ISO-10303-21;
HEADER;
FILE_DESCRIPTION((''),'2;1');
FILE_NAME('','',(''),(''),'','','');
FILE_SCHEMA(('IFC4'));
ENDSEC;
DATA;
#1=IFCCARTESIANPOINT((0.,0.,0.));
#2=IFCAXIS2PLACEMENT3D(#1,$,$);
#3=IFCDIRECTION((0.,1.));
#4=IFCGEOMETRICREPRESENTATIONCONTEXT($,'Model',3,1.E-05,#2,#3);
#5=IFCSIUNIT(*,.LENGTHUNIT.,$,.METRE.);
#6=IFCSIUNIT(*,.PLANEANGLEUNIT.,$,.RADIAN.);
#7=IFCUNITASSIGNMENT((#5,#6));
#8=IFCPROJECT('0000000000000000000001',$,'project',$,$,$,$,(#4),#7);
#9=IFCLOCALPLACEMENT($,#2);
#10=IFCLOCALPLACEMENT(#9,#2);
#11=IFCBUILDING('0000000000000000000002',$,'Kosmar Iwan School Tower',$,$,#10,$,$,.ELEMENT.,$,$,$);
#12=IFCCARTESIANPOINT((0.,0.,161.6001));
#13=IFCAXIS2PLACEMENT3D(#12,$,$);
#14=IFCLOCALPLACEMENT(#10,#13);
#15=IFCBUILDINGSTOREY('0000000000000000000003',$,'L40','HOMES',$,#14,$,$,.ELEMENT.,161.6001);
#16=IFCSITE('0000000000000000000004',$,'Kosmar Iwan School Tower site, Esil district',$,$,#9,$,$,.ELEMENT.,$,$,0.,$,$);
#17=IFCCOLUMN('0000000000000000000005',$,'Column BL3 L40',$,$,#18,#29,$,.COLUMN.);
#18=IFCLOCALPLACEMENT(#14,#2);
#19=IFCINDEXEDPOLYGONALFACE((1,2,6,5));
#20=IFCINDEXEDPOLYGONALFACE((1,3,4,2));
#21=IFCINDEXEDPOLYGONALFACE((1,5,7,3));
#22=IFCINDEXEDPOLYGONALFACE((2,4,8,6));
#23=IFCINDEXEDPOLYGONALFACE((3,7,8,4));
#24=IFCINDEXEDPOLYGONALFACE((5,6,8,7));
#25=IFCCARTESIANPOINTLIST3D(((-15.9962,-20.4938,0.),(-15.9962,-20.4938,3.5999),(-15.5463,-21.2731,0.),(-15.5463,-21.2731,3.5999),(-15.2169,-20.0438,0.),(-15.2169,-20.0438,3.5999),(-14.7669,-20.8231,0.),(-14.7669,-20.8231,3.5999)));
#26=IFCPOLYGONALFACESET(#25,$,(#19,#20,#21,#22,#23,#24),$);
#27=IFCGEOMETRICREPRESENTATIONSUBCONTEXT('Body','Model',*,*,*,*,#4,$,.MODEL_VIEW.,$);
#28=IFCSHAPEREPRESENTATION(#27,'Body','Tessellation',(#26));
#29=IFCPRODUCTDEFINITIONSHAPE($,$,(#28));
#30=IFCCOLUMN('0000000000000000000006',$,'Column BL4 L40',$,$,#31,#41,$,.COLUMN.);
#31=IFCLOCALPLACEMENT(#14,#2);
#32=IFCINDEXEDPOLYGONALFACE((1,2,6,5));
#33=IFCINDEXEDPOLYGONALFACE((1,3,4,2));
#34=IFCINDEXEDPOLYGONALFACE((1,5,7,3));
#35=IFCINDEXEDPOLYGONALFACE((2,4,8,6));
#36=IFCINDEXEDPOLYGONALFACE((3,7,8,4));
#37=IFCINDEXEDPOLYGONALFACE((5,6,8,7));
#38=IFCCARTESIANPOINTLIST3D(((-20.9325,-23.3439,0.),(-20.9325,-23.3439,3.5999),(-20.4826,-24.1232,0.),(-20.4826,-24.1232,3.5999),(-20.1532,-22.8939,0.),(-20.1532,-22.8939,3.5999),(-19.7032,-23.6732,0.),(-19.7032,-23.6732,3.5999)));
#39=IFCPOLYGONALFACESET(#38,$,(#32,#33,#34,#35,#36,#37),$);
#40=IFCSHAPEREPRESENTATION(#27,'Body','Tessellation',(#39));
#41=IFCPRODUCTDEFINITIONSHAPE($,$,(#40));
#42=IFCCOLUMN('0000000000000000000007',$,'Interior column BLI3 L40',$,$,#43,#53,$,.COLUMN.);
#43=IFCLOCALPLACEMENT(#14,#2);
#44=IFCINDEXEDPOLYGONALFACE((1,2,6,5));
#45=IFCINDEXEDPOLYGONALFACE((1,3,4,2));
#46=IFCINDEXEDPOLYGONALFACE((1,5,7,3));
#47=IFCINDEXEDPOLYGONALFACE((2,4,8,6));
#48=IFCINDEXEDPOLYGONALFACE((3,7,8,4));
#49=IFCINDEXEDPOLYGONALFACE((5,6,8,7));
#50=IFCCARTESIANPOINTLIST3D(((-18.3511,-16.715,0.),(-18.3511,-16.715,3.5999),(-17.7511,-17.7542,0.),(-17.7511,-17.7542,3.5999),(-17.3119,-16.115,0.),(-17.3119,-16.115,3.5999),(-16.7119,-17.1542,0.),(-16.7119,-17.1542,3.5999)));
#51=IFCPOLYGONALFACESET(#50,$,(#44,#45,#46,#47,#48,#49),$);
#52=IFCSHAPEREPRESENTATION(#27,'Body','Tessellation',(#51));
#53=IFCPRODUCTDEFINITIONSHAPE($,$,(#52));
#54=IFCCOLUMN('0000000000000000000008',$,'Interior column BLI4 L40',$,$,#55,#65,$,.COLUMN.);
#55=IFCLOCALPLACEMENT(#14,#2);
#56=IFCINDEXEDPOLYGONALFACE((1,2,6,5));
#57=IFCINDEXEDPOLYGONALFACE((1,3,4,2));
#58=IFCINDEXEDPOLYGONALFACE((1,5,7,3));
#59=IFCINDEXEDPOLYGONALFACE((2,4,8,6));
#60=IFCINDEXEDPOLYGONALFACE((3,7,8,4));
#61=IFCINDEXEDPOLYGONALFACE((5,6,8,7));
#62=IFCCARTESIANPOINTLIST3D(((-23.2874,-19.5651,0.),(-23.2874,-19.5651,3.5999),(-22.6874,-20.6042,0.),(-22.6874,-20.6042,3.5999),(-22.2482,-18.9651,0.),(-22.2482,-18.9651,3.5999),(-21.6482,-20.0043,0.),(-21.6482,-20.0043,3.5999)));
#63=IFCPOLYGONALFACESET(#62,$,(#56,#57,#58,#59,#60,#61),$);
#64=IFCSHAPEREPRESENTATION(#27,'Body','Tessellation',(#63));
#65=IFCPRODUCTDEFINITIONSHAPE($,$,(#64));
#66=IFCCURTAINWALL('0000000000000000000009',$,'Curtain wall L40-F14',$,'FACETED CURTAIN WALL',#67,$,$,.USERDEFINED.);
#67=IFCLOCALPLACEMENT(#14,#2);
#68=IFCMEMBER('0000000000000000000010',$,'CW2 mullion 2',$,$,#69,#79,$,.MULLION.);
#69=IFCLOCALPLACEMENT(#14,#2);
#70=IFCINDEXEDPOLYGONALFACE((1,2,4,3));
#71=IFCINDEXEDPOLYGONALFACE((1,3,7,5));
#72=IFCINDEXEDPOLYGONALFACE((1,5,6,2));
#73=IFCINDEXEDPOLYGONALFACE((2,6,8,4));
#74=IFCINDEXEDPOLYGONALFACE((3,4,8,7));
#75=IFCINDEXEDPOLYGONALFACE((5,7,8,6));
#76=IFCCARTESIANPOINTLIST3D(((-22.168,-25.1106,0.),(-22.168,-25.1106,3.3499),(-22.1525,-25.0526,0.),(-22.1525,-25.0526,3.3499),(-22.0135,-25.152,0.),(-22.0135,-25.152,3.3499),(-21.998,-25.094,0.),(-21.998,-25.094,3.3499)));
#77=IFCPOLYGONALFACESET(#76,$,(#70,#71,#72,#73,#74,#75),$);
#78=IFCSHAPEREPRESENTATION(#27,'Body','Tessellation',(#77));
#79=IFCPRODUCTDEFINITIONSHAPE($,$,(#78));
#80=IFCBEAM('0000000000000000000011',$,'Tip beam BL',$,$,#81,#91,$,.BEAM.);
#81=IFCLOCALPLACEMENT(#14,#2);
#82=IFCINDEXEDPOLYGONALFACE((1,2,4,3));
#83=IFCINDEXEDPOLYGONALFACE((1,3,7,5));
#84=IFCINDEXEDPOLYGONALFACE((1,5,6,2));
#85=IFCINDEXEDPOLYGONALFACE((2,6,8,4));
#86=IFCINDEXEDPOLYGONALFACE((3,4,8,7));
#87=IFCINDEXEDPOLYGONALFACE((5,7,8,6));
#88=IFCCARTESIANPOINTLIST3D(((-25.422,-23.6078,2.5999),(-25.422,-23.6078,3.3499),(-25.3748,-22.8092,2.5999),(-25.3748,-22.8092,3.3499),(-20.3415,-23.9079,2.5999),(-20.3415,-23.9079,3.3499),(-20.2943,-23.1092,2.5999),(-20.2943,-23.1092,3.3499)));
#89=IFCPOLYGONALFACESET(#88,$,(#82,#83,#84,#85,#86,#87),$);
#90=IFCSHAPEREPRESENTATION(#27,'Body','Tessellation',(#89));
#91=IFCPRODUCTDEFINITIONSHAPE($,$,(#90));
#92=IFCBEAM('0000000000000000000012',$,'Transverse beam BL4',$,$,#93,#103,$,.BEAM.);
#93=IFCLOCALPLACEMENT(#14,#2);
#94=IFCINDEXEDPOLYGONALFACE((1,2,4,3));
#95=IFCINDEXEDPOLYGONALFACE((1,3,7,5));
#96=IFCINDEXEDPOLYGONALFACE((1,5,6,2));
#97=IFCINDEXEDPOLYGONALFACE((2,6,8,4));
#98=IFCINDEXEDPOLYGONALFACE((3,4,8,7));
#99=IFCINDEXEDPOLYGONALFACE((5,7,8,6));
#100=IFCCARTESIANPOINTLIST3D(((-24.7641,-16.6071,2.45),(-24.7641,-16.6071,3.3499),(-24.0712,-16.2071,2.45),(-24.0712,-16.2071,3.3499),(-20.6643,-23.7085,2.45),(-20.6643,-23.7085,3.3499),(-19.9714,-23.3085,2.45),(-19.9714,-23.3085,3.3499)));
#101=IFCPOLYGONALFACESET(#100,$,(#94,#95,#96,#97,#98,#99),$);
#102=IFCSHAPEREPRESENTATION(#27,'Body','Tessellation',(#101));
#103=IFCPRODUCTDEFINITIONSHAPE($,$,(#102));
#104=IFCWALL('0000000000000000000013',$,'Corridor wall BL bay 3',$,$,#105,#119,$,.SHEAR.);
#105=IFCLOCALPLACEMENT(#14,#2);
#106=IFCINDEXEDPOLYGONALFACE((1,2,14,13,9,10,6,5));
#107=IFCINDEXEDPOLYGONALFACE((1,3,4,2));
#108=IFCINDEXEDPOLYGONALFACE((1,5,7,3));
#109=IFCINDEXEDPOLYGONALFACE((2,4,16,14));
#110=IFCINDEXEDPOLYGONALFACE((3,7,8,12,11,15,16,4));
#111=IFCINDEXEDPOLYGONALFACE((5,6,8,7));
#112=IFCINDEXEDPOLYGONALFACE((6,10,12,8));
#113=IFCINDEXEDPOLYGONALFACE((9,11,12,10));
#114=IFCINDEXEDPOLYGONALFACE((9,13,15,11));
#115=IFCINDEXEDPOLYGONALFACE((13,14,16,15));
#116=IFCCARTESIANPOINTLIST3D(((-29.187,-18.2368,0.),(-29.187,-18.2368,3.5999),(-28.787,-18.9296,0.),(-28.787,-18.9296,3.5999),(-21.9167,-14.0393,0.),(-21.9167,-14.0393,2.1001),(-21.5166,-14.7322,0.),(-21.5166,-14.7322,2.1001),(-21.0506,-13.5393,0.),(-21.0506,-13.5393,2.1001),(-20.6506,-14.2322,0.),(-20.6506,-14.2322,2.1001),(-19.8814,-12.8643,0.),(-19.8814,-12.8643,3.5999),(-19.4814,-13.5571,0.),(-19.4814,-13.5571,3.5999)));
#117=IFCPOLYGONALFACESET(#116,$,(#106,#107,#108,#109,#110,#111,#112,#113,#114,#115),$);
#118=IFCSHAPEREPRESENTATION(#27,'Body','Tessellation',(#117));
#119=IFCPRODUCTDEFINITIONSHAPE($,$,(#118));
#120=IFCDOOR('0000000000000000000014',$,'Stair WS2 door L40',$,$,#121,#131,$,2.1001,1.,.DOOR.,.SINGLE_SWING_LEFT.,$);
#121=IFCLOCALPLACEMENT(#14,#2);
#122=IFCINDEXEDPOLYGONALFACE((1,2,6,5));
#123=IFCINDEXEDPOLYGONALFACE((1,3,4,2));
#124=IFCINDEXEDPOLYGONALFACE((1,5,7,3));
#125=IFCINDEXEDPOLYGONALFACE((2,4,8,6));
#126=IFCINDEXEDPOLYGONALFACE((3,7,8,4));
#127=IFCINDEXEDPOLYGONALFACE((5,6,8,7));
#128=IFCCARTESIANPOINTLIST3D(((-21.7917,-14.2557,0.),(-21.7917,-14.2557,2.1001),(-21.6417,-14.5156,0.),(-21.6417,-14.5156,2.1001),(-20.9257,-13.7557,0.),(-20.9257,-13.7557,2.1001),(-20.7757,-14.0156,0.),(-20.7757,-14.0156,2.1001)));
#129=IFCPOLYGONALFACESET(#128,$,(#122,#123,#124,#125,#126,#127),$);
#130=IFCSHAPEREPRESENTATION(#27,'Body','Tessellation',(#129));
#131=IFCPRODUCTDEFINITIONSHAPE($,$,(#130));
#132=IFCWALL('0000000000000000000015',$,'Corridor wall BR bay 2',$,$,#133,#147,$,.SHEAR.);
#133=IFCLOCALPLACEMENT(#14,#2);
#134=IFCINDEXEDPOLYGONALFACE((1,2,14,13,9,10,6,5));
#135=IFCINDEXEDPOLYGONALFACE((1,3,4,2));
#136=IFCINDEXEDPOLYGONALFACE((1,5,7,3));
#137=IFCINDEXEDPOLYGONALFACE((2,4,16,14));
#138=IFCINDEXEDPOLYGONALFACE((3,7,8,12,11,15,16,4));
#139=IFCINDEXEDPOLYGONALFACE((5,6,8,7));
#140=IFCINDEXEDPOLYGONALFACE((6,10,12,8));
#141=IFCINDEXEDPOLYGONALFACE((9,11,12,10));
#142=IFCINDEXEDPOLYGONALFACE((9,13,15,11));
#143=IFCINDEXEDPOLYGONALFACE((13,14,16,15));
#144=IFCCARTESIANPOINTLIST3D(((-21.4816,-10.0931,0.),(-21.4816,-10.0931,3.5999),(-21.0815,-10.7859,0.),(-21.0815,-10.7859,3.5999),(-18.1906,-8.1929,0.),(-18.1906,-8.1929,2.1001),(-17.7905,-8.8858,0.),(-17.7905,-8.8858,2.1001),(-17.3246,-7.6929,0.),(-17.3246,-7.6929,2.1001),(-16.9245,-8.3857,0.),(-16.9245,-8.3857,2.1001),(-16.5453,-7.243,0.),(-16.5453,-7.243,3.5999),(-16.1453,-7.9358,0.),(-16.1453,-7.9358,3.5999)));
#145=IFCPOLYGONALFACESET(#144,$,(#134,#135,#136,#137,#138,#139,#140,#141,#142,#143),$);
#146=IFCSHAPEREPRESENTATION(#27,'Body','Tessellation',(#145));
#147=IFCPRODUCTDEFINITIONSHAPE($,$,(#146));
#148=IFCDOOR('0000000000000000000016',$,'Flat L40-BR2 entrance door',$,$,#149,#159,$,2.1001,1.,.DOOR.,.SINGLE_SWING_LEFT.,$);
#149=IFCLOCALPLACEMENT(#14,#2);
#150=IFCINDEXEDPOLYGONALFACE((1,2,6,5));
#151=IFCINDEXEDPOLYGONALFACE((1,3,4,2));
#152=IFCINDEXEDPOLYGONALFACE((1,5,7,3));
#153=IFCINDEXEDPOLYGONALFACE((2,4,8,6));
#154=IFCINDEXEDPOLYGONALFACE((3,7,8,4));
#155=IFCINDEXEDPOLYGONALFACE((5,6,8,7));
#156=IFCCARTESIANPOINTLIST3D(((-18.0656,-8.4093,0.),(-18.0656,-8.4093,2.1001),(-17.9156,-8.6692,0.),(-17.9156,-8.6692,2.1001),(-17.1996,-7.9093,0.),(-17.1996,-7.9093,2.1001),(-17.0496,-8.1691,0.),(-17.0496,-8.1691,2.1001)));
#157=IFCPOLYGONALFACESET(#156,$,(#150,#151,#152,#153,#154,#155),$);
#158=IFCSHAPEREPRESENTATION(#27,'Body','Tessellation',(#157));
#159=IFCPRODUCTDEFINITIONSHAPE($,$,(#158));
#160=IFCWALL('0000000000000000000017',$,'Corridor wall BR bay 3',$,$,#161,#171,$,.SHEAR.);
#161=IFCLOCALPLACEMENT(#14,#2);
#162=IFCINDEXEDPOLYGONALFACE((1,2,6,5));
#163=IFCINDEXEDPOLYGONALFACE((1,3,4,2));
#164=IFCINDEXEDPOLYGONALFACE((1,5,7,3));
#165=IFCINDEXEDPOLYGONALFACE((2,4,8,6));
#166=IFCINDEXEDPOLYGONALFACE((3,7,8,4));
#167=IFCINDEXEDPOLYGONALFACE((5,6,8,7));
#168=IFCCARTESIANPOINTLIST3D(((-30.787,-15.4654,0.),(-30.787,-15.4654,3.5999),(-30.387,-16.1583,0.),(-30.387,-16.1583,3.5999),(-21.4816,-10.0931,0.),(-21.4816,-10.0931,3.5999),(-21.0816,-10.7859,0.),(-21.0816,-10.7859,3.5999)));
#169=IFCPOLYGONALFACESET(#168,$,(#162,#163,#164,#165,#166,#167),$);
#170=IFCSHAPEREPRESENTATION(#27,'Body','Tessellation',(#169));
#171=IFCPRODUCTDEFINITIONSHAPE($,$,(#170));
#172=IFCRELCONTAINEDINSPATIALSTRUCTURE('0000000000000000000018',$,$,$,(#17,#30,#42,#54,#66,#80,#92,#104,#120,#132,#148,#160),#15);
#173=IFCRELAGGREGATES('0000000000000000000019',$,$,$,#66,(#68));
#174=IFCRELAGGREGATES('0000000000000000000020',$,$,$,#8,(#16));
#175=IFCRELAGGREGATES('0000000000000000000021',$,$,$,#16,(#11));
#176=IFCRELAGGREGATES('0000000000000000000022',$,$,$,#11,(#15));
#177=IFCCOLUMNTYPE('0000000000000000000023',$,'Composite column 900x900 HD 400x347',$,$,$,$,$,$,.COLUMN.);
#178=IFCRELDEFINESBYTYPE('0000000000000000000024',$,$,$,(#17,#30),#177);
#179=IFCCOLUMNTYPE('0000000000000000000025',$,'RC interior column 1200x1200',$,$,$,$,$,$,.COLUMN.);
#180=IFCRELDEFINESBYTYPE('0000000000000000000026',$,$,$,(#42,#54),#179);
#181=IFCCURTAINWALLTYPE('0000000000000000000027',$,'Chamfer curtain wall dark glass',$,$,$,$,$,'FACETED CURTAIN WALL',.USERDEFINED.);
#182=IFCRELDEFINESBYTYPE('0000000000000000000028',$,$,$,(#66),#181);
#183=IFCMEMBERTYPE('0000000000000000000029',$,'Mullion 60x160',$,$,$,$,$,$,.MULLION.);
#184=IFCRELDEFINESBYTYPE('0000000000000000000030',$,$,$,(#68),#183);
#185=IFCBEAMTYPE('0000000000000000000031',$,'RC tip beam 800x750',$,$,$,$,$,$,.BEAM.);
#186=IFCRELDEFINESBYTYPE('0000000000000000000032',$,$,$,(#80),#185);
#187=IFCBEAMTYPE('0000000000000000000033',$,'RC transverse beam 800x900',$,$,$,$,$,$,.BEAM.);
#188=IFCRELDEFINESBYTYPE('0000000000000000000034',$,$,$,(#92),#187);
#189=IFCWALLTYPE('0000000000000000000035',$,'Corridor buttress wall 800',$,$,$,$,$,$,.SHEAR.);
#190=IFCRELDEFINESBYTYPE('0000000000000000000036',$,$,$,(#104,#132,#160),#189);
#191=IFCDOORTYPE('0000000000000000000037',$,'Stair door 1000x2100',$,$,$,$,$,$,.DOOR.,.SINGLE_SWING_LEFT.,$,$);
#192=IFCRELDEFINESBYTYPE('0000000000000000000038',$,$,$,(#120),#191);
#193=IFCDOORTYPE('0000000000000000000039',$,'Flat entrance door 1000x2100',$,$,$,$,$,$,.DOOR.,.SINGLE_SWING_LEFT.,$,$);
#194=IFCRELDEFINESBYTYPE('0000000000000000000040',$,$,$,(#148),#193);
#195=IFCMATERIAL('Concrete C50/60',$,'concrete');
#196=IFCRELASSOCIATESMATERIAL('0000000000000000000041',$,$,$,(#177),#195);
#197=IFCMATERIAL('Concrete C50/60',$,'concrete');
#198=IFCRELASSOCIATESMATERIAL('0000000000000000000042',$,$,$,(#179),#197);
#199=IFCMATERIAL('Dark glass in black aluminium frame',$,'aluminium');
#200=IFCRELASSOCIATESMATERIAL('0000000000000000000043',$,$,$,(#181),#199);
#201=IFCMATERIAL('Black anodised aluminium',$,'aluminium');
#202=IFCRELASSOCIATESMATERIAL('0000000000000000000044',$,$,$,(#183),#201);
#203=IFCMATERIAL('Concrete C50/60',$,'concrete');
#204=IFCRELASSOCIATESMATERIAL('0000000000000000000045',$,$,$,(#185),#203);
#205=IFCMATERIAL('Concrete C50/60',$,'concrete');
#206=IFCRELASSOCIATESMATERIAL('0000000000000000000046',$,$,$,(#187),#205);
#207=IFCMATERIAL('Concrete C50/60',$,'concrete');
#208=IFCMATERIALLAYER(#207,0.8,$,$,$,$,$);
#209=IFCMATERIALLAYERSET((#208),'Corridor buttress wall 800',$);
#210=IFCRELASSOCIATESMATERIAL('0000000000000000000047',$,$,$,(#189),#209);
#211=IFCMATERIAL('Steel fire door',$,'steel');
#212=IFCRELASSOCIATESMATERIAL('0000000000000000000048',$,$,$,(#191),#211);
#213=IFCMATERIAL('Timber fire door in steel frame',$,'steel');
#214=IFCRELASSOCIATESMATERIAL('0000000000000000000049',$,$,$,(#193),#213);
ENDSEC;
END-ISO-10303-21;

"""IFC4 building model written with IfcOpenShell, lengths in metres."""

from ifc_helpers import new_model, si_unit, direction, frame, frame_2d, origin, origin_2d, place, context, subcontext, project, spatial, rectangle, extrude, material, layer, layer_set, material_profile, profile_set, type_object, element, fill, aggregate, save


model = new_model("IFC4")

# Units and contexts
model_context = context("Model", 3, precision=1e-05, world=origin(), true_north=direction((0.0, 1.0)))
body_context = subcontext(model_context, "Body", "Model", "MODEL_VIEW")
ifc_project = project(units=[si_unit("LENGTHUNIT", "METRE"), si_unit("PLANEANGLEUNIT", "RADIAN")], contexts=[model_context])

# Site, building, storey
site_placement = place(None, origin())
site = spatial("IfcSite", under=ifc_project, at=site_placement, Name="Kosmar Iwan School Tower site, Esil district", CompositionType="ELEMENT", RefElevation=0.0)
building_placement = place(site_placement, origin())
building = spatial("IfcBuilding", under=site, at=building_placement, Name="Kosmar Iwan School Tower", CompositionType="ELEMENT")
storey_placement = place(building_placement, frame((0.0, 0.0, 161.6001)))
storey = spatial("IfcBuildingStorey", under=building, at=storey_placement, Name="L40", Description="HOMES", CompositionType="ELEMENT", Elevation=161.6001)

# Columns
ifc_material_1 = material(Name="Concrete C50/60", Category="concrete")
ifc_material_profile_1 = material_profile(ifc_material_1, rectangle(XDim=0.8999, YDim=0.8999, at=origin_2d()), Name="RC 900x900 + HD 400x347")
ifc_profile_set_1 = profile_set([ifc_material_profile_1], Name="Concrete C50/60")
column_type_1 = type_object("IfcColumnType", Name="Composite column 900x900 HD 400x347", PredefinedType="COLUMN", material=ifc_profile_set_1)
for number, where, z_axis, x_axis, name in (
    (1, (-15.3816, -20.6584, 0.0), (0.0, 0.0, 1.0), (-0.866025, -0.5, 0.0), "Column BL3 L40"),
    (2, (-20.3179, -23.5085, 0.0), (0.0, 0.0, 1.0), (-0.866025, -0.5, 0.0), "Column BL4 L40"),
):
    element("IfcColumn", number, at=place(storey_placement, frame(where, z_axis=z_axis, x_axis=x_axis)), inside=storey, type_object=column_type_1, Name=name, PredefinedType="COLUMN", context=body_context, shape_type="SweptSolid", body=[
        extrude(rectangle(XDim=0.8999, YDim=0.8999, at=origin_2d()), origin(), (0.0, 0.0, 1.0), 3.5999),
    ])
ifc_material_2 = material(Name="Concrete C50/60", Category="concrete")
ifc_material_profile_2 = material_profile(ifc_material_2, rectangle(XDim=1.2, YDim=1.2, at=origin_2d()), Name="RC 1200x1200")
ifc_profile_set_2 = profile_set([ifc_material_profile_2], Name="Concrete C50/60")
column_type_2 = type_object("IfcColumnType", Name="RC interior column 1200x1200", PredefinedType="COLUMN", material=ifc_profile_set_2)
for number, where, z_axis, x_axis, name in (
    (3, (-17.5315, -16.9346, 0.0), (0.0, 0.0, 1.0), (-0.866025, -0.5, 0.0), "Interior column BLI3 L40"),
    (4, (-22.4678, -19.7847, 0.0), (0.0, 0.0, 1.0), (-0.866025, -0.5, 0.0), "Interior column BLI4 L40"),
):
    element("IfcColumn", number, at=place(storey_placement, frame(where, z_axis=z_axis, x_axis=x_axis)), inside=storey, type_object=column_type_2, Name=name, PredefinedType="COLUMN", context=body_context, shape_type="SweptSolid", body=[
        extrude(rectangle(XDim=1.2, YDim=1.2, at=origin_2d()), origin(), (0.0, 0.0, 1.0), 3.5999),
    ])

# Curtain wall, member
ifc_material_3 = material(Name="Dark glass in black aluminium frame", Category="aluminium")
curtain_wall_type = type_object("IfcCurtainWallType", Name="Chamfer curtain wall dark glass", ElementType="FACETED CURTAIN WALL", PredefinedType="USERDEFINED", material=ifc_material_3)
curtain_wall_placement = place(storey_placement, origin())
curtain_wall = element("IfcCurtainWall", 5, at=curtain_wall_placement, inside=storey, type_object=curtain_wall_type, Name="Curtain wall L40-F14", ObjectType="FACETED CURTAIN WALL", PredefinedType="USERDEFINED")
ifc_material_4 = material(Name="Black anodised aluminium", Category="aluminium")
ifc_material_profile_3 = material_profile(ifc_material_4, rectangle(XDim=0.0601, YDim=0.1599, at=origin_2d()), Name="MULLION 60x160")
ifc_profile_set_3 = profile_set([ifc_material_profile_3], Name="Black anodised aluminium")
member_type = type_object("IfcMemberType", Name="Mullion 60x160", PredefinedType="MULLION", material=ifc_profile_set_3)
member_placement = place(storey_placement, frame((-22.083, -25.1023, 0.0), z_axis=(0.0, 0.0, 1.0), x_axis=(0.258819, 0.965926, 0.0)))
member = element("IfcMember", 6, at=member_placement, type_object=member_type, Name="CW2 mullion 2", PredefinedType="MULLION", context=body_context, shape_type="SweptSolid", body=[
    extrude(rectangle(XDim=0.0601, YDim=0.1599, at=origin_2d()), origin(), (0.0, 0.0, 1.0), 3.3499),
])
aggregate(curtain_wall, [member])

# Beams
ifc_material_5 = material(Name="Concrete C50/60", Category="concrete")
ifc_material_profile_4 = material_profile(ifc_material_5, rectangle(XDim=0.8, YDim=0.75, at=origin_2d()), Name="RC 800x750")
ifc_profile_set_4 = profile_set([ifc_material_profile_4], Name="Concrete C50/60")
beam_type_1 = type_object("IfcBeamType", Name="RC tip beam 800x750", PredefinedType="BEAM", material=ifc_profile_set_4)
beam_1_placement = place(storey_placement, frame((-20.3179, -23.5085, 2.9749), z_axis=(-0.998261, 0.058955, 0.0), x_axis=(-0.058955, -0.998261, 0.0)))
element("IfcBeam", 7, at=beam_1_placement, inside=storey, type_object=beam_type_1, Name="Tip beam BL", PredefinedType="BEAM", context=body_context, shape_type="SweptSolid", body=[
    extrude(rectangle(XDim=0.8, YDim=0.75, at=origin_2d()), origin(), (0.0, 0.0, 1.0), 5.0894),
])
ifc_material_6 = material(Name="Concrete C50/60", Category="concrete")
ifc_material_profile_5 = material_profile(ifc_material_6, rectangle(XDim=0.8, YDim=0.8999, at=origin_2d()), Name="RC 800x900")
ifc_profile_set_5 = profile_set([ifc_material_profile_5], Name="Concrete C50/60")
beam_type_2 = type_object("IfcBeamType", Name="RC transverse beam 800x900", PredefinedType="BEAM", material=ifc_profile_set_5)
beam_2_placement = place(storey_placement, frame((-20.3179, -23.5085, 2.8999), z_axis=(-0.499978, 0.866038, 0.0), x_axis=(-0.866038, -0.499978, 0.0)))
element("IfcBeam", 8, at=beam_2_placement, inside=storey, type_object=beam_type_2, Name="Transverse beam BL4", PredefinedType="BEAM", context=body_context, shape_type="SweptSolid", body=[
    extrude(rectangle(XDim=0.8, YDim=0.8999, at=origin_2d()), origin(), (0.0, 0.0, 1.0), 8.2),
])

# Walls, openings, doors
ifc_material_7 = material(Name="Concrete C50/60", Category="concrete")
ifc_layer_1 = layer(ifc_material_7, 0.8)
ifc_layer_set_1 = layer_set([ifc_layer_1], Name="Corridor buttress wall 800")
wall_type_1 = type_object("IfcWallType", Name="Corridor buttress wall 800", PredefinedType="SHEAR", material=ifc_layer_set_1)
wall_1_placement = place(storey_placement, frame((-19.6814, -13.2107, 0.0), z_axis=(0.0, 0.0, 1.0), x_axis=(-0.866028, -0.499995, 0.0)))
wall_1 = element("IfcWall", 9, at=wall_1_placement, inside=storey, type_object=wall_type_1, Name="Corridor wall BL bay 3", PredefinedType="SHEAR", context=body_context, shape_type="SweptSolid", body=[
    extrude(rectangle(XDim=10.7451, YDim=0.8, at=frame_2d((5.3726, 0.0))), origin(), (0.0, 0.0, 1.0), 3.5999),
])
opening_1_placement = place(wall_1_placement, frame((1.3501, 0.0, 0.0)))
opening_1 = element("IfcOpeningElement", 10, at=opening_1_placement, cuts=wall_1, PredefinedType="OPENING", context=body_context, shape_type="SweptSolid", body=[
    extrude(rectangle(XDim=1.0, YDim=2.1001, at=frame_2d((0.5, 1.05))), frame((0.0, 0.4121, 0.0), z_axis=(0.0, -1.0, 0.0), x_axis=(1.0, 0.0, 0.0)), (0.0, 0.0, 1.0), 0.824),
])
ifc_material_8 = material(Name="Steel fire door", Category="steel")
door_type_1 = type_object("IfcDoorType", Name="Stair door 1000x2100", OperationType="SINGLE_SWING_LEFT", PredefinedType="DOOR", material=ifc_material_8)
door_1_placement = place(opening_1_placement, origin())
door_1 = element("IfcDoor", 11, at=door_1_placement, inside=storey, type_object=door_type_1, Name="Stair WS2 door L40", OperationType="SINGLE_SWING_LEFT", OverallHeight=2.1001, OverallWidth=1.0, PredefinedType="DOOR", context=body_context, shape_type="SweptSolid", body=[
    extrude(rectangle(XDim=1.0, YDim=2.1001, at=frame_2d((0.5, 1.05))), frame((0.0, 0.1499, 0.0), z_axis=(0.0, -1.0, 0.0), x_axis=(1.0, 0.0, 0.0)), (0.0, 0.0, 1.0), 0.3),
])
fill(opening_1, door_1)
wall_2_placement = place(storey_placement, frame((-16.3452, -7.5894, 0.0), z_axis=(0.0, 0.0, 1.0), x_axis=(-0.866015, -0.500018, 0.0)))
wall_2 = element("IfcWall", 12, at=wall_2_placement, inside=storey, type_object=wall_type_1, Name="Corridor wall BR bay 2", PredefinedType="SHEAR", context=body_context, shape_type="SweptSolid", body=[
    extrude(rectangle(XDim=5.7, YDim=0.8, at=frame_2d((2.8501, 0.0))), origin(), (0.0, 0.0, 1.0), 3.5999),
])
opening_2_placement = place(wall_2_placement, frame((0.8999, 0.0, 0.0)))
opening_2 = element("IfcOpeningElement", 13, at=opening_2_placement, cuts=wall_2, PredefinedType="OPENING", context=body_context, shape_type="SweptSolid", body=[
    extrude(rectangle(XDim=1.0, YDim=2.1001, at=frame_2d((0.5, 1.05))), frame((0.0, 0.4121, 0.0), z_axis=(0.0, -1.0, 0.0), x_axis=(1.0, 0.0, 0.0)), (0.0, 0.0, 1.0), 0.824),
])
ifc_material_9 = material(Name="Timber fire door in steel frame", Category="steel")
door_type_2 = type_object("IfcDoorType", Name="Flat entrance door 1000x2100", OperationType="SINGLE_SWING_LEFT", PredefinedType="DOOR", material=ifc_material_9)
door_2_placement = place(opening_2_placement, origin())
door_2 = element("IfcDoor", 14, at=door_2_placement, inside=storey, type_object=door_type_2, Name="Flat L40-BR2 entrance door", OperationType="SINGLE_SWING_LEFT", OverallHeight=2.1001, OverallWidth=1.0, PredefinedType="DOOR", context=body_context, shape_type="SweptSolid", body=[
    extrude(rectangle(XDim=1.0, YDim=2.1001, at=frame_2d((0.5, 1.05))), frame((0.0, 0.1499, 0.0), z_axis=(0.0, -1.0, 0.0), x_axis=(1.0, 0.0, 0.0)), (0.0, 0.0, 1.0), 0.3),
])
fill(opening_2, door_2)

# Wall
wall_3_placement = place(storey_placement, frame((-21.2815, -10.4395, 0.0), z_axis=(0.0, 0.0, 1.0), x_axis=(-0.866032, -0.499988, 0.0)))
element("IfcWall", 15, at=wall_3_placement, inside=storey, type_object=wall_type_1, Name="Corridor wall BR bay 3", PredefinedType="SHEAR", context=body_context, shape_type="SweptSolid", body=[
    extrude(rectangle(XDim=10.7449, YDim=0.8, at=frame_2d((5.3726, 0.0))), origin(), (0.0, 0.0, 1.0), 3.5999),
])

save(model, "model.ifc")
